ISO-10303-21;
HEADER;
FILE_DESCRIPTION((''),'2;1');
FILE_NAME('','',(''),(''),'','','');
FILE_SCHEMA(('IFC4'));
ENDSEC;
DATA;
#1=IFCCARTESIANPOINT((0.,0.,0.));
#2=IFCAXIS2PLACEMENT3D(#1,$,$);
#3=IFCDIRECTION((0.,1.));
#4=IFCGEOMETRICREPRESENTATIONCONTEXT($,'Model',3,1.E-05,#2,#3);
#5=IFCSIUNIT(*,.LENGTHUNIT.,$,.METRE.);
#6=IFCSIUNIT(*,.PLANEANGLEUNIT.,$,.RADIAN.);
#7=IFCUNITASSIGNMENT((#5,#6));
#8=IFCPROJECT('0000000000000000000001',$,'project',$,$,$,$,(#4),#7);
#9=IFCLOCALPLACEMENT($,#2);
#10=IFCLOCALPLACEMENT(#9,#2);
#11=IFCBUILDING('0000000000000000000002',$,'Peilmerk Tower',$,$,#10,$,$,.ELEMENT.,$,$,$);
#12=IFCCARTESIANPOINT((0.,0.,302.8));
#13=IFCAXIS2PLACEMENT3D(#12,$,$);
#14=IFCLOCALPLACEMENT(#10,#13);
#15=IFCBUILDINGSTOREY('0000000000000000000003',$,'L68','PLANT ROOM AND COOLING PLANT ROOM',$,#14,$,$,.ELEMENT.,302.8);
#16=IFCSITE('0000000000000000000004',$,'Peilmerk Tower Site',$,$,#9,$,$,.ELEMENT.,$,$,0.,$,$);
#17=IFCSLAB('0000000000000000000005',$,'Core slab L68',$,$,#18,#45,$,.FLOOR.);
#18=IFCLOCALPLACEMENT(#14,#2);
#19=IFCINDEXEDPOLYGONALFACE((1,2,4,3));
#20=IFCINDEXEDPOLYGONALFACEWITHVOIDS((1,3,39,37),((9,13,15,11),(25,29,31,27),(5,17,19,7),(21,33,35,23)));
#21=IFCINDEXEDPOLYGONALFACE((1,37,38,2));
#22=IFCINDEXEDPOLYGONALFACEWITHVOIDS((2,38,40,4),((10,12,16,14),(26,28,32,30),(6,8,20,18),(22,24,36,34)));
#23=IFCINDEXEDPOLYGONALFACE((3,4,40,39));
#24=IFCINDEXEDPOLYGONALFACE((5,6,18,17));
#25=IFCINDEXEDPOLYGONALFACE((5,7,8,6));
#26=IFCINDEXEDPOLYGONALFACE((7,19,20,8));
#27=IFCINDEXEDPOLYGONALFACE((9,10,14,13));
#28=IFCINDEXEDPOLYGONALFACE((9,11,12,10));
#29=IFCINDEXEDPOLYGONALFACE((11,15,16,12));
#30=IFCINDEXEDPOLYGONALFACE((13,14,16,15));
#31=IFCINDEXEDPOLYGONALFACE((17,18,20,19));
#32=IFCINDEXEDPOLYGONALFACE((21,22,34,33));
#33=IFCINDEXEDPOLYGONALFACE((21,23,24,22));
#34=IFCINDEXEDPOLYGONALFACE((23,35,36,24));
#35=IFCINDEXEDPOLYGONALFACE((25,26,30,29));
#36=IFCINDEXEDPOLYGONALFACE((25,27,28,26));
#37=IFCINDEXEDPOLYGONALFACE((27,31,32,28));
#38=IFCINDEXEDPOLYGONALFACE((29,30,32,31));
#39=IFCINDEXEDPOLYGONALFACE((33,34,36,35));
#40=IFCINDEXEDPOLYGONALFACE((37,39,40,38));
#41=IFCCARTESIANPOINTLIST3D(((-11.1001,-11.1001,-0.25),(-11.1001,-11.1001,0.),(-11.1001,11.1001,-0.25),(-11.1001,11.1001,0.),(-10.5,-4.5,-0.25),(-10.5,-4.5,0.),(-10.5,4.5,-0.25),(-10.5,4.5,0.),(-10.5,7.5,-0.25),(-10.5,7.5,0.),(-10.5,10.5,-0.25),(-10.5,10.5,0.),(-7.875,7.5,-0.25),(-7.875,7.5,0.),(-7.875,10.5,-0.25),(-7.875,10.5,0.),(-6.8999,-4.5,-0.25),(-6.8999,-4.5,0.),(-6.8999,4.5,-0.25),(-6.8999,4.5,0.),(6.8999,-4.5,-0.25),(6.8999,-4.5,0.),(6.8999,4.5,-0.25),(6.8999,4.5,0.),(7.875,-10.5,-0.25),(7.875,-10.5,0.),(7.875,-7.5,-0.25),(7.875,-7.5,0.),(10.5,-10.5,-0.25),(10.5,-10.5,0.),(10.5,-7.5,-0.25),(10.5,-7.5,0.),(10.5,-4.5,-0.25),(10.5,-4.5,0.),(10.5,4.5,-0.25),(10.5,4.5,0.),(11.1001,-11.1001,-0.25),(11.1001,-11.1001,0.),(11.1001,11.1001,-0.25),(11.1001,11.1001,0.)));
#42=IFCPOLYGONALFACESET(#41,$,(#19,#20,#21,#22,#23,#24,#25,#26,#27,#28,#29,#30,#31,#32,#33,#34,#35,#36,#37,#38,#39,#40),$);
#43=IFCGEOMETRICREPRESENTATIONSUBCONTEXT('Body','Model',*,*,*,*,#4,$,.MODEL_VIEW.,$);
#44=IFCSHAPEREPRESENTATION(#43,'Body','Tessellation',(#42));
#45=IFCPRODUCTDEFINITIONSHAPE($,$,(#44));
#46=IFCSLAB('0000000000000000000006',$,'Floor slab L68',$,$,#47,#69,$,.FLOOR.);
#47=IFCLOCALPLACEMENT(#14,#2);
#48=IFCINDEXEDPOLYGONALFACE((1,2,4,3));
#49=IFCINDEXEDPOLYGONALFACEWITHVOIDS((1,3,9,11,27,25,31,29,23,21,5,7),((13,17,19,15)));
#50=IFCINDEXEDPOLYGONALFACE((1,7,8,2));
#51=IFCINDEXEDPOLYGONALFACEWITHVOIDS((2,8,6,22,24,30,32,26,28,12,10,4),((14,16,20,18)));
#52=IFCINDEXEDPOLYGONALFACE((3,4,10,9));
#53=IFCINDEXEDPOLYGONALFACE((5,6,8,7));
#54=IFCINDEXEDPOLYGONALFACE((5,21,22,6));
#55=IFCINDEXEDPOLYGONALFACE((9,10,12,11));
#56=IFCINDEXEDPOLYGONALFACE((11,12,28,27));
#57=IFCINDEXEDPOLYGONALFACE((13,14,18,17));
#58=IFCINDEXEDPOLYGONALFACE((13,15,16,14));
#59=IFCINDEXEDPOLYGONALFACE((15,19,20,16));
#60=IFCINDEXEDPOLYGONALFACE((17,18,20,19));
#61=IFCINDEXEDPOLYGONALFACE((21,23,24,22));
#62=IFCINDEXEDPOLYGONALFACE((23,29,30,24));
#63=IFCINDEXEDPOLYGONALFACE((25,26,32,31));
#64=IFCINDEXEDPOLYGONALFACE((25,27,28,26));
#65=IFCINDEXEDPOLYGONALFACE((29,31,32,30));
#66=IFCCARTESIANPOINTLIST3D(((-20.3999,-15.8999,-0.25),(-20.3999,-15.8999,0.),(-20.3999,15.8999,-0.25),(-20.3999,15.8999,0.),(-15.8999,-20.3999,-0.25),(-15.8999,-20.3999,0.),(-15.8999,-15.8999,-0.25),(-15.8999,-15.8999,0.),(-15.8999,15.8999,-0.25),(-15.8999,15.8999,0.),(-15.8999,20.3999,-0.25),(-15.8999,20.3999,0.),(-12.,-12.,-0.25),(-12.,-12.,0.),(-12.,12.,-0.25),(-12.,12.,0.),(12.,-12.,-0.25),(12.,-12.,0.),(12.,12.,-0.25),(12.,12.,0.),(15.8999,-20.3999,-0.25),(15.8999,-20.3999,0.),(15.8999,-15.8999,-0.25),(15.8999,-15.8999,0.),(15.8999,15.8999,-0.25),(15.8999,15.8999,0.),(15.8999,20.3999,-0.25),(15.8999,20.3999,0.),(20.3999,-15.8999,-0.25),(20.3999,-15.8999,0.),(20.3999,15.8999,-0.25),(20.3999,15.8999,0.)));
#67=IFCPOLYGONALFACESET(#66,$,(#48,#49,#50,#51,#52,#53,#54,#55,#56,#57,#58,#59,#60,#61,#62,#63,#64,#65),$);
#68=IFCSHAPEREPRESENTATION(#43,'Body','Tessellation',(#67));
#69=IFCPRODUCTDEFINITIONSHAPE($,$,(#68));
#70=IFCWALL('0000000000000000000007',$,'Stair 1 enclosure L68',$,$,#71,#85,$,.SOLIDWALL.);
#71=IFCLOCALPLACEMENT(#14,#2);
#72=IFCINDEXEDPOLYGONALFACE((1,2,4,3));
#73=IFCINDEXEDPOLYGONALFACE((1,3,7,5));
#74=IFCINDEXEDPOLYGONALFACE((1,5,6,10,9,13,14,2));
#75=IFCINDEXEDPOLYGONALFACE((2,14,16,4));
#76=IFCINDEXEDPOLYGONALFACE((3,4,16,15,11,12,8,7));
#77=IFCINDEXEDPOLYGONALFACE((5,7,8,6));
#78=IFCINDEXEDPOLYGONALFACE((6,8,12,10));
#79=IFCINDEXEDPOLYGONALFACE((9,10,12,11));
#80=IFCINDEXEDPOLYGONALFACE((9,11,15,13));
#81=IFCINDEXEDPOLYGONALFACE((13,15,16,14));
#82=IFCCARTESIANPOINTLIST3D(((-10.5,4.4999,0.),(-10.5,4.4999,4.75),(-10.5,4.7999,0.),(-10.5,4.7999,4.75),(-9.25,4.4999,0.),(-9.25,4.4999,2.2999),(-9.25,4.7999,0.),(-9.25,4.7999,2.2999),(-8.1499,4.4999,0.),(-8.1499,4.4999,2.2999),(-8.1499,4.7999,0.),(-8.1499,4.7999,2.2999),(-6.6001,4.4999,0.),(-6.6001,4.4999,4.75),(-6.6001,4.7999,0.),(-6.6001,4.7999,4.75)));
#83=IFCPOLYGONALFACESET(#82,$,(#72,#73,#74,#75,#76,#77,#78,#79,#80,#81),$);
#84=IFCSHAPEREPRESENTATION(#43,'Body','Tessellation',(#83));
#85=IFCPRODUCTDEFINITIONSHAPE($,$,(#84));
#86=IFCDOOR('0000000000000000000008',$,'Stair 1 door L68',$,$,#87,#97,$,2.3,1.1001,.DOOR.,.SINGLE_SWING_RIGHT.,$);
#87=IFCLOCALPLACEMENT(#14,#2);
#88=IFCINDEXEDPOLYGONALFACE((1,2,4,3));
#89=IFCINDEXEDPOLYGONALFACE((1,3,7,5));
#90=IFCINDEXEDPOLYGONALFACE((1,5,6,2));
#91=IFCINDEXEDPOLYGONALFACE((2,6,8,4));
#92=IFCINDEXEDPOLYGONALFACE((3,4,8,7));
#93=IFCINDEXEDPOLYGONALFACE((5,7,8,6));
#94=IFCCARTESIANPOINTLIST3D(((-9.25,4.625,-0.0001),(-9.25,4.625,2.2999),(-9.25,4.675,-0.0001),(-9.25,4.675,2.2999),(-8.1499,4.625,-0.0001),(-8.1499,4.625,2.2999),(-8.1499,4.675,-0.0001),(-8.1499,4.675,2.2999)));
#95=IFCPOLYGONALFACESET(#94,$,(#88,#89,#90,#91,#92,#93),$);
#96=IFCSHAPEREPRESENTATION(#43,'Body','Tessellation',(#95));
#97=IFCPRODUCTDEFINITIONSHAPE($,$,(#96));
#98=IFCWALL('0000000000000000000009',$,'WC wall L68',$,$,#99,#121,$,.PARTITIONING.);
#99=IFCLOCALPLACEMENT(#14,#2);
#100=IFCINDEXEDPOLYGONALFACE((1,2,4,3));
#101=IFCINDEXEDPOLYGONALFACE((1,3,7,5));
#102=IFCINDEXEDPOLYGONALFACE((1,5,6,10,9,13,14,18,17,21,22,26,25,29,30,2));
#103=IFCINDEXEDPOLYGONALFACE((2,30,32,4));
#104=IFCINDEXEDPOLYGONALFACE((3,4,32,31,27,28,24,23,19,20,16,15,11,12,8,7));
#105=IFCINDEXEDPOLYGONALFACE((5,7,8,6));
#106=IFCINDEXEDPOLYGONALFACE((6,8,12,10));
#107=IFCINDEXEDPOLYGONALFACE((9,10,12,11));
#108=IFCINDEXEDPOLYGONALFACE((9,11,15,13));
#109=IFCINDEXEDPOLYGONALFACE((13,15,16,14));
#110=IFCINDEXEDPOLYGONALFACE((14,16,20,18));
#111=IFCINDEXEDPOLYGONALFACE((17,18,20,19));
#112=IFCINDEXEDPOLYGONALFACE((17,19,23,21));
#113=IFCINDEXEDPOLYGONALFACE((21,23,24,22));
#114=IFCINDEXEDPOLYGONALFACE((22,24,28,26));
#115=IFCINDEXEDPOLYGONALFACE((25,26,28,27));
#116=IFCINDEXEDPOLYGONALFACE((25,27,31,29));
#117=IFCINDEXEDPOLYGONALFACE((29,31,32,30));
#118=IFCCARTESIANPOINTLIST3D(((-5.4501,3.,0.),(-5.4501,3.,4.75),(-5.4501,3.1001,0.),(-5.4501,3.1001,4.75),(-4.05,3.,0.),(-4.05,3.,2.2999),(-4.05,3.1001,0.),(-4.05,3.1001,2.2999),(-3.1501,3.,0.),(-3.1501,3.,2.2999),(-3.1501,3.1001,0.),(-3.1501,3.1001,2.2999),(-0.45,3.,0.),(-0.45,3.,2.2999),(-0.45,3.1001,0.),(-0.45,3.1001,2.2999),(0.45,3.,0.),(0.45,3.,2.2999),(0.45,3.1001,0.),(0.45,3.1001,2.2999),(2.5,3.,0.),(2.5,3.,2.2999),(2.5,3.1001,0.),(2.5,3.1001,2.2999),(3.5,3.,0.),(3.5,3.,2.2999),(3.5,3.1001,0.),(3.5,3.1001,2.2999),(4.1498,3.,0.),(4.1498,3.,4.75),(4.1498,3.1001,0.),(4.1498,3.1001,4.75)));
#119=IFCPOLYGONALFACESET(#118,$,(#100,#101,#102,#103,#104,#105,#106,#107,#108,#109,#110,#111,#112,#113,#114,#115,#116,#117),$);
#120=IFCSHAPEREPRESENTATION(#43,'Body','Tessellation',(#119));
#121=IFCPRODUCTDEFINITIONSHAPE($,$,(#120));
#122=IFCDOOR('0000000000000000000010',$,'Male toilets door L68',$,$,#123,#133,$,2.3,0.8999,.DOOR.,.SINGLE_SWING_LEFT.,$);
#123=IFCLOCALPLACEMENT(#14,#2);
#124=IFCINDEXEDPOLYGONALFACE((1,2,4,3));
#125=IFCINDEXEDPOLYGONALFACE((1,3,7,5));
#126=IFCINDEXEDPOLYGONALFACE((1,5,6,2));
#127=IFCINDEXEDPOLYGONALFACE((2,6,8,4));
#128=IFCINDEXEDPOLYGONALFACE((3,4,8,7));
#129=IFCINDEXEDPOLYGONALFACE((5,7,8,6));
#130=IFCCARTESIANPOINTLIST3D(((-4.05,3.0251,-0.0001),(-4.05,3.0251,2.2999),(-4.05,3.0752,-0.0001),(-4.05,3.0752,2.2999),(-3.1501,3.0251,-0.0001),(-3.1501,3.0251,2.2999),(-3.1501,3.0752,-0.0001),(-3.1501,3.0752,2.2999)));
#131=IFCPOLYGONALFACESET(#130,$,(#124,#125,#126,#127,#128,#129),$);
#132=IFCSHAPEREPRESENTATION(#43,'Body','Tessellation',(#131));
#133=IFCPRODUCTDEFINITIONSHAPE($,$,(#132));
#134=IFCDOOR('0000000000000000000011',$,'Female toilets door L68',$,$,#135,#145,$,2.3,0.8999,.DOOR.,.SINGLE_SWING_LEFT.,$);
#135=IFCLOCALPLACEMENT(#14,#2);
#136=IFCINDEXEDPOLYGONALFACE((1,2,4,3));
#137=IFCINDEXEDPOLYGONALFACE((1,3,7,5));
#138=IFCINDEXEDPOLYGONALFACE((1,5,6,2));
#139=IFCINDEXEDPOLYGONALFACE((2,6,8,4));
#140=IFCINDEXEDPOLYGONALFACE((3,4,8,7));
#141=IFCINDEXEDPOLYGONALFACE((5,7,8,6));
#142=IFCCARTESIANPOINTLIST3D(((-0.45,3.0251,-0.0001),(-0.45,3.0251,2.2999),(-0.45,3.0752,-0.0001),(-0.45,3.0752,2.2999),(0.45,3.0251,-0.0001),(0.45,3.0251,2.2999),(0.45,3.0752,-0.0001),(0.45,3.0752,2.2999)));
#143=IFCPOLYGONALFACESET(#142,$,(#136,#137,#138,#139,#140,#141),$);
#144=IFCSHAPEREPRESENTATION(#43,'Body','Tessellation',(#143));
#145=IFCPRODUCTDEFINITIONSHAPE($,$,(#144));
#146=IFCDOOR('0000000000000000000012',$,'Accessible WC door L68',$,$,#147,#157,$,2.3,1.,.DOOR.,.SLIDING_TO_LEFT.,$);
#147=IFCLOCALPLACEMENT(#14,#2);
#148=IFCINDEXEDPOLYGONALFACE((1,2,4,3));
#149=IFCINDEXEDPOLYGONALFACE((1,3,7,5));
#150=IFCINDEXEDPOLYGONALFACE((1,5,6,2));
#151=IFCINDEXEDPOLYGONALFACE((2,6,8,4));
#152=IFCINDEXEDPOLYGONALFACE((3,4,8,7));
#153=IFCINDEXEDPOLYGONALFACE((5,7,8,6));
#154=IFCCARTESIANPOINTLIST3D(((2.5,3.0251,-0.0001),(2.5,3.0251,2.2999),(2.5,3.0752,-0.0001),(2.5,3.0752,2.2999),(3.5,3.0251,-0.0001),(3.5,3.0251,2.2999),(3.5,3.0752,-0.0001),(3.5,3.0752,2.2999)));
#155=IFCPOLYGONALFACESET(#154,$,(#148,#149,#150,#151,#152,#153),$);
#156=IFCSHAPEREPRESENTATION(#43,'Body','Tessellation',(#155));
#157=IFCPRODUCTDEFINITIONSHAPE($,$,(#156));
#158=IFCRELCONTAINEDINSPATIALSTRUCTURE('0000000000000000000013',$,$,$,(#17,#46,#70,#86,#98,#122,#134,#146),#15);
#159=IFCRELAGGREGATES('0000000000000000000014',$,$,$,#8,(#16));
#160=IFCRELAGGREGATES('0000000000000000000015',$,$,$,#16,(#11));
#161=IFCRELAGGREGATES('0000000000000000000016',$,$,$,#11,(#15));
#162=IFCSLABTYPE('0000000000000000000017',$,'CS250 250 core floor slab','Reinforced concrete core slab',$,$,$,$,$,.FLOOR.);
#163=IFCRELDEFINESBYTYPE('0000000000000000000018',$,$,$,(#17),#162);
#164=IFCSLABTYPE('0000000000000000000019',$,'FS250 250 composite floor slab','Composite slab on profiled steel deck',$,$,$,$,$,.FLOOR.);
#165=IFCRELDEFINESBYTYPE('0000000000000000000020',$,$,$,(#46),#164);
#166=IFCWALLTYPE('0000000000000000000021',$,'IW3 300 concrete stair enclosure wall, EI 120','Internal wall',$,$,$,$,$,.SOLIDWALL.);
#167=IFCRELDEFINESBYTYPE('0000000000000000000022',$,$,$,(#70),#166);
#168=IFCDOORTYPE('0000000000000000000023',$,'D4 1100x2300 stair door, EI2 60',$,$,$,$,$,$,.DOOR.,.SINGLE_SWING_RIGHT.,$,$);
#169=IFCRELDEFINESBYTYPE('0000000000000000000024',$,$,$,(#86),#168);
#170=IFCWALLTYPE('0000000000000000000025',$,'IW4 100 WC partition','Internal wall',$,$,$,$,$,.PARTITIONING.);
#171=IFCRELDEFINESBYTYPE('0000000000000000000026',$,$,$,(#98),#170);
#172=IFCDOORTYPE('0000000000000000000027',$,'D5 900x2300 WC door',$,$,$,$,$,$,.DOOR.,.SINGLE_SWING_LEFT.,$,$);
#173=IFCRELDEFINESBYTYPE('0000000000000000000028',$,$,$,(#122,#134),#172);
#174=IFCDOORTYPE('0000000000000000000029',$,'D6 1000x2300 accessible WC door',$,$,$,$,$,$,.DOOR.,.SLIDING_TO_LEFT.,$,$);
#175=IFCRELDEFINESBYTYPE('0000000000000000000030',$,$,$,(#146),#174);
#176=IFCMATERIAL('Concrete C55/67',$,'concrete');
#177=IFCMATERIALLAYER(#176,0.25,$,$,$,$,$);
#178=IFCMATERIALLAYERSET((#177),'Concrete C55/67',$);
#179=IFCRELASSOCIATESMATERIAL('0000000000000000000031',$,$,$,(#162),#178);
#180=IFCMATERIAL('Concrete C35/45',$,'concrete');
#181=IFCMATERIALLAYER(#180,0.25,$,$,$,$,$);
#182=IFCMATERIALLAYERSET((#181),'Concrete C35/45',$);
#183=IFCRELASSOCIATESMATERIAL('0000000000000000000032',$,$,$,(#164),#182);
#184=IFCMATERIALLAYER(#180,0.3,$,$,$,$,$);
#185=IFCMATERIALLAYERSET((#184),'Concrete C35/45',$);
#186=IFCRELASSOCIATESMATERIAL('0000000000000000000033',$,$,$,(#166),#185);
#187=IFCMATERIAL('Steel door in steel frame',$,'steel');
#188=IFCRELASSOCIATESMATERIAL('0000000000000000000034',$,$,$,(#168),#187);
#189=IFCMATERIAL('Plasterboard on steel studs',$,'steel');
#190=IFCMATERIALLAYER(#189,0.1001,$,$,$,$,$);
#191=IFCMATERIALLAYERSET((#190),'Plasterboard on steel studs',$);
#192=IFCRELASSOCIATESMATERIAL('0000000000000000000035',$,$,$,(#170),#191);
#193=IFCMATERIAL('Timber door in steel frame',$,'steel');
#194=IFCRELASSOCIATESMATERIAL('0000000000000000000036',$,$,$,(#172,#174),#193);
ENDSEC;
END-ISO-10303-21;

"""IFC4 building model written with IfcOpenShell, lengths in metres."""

from ifc_helpers import new_model, si_unit, direction, frame, frame_2d, origin, place, context, subcontext, project, spatial, polyline, rectangle, outline, extrude, material, layer, layer_set, type_object, element, fill, save


model = new_model("IFC4")

# Units and contexts
model_context = context("Model", 3, precision=1e-05, world=origin(), true_north=direction((0.0, 1.0)))
body_context = subcontext(model_context, "Body", "Model", "MODEL_VIEW")
ifc_project = project(units=[si_unit("LENGTHUNIT", "METRE"), si_unit("PLANEANGLEUNIT", "RADIAN")], contexts=[model_context])

# Site, building, storey
site_placement = place(None, origin())
site = spatial("IfcSite", under=ifc_project, at=site_placement, Name="Peilmerk Tower Site", CompositionType="ELEMENT", RefElevation=0.0)
building_placement = place(site_placement, origin())
building = spatial("IfcBuilding", under=site, at=building_placement, Name="Peilmerk Tower", CompositionType="ELEMENT")
storey_placement = place(building_placement, frame((0.0, 0.0, 302.8)))
storey = spatial("IfcBuildingStorey", under=building, at=storey_placement, Name="L68", Description="PLANT ROOM AND COOLING PLANT ROOM", CompositionType="ELEMENT", Elevation=302.8)

# Slabs
ifc_material_1 = material(Name="Concrete C55/67", Category="concrete")
ifc_layer_1 = layer(ifc_material_1, 0.25)
ifc_layer_set_1 = layer_set([ifc_layer_1], Name="Concrete C55/67")
slab_type_1 = type_object("IfcSlabType", Name="CS250 250 core floor slab", Description="Reinforced concrete core slab", PredefinedType="FLOOR", material=ifc_layer_set_1)
slab_1_placement = place(storey_placement, frame((0.0, 0.0, -0.25)))
element("IfcSlab", 1, at=slab_1_placement, inside=storey, type_object=slab_type_1, Name="Core slab L68", PredefinedType="FLOOR", context=body_context, shape_type="SweptSolid", body=[
    extrude(outline(polyline([(11.1001, -11.1001), (11.1001, 11.1001), (-11.1001, 11.1001), (-11.1001, -11.1001), (11.1001, -11.1001)]), holes=[polyline([(-7.875, 7.5), (-10.5, 7.5), (-10.5, 10.5), (-7.875, 10.5), (-7.875, 7.5)]), polyline([(7.875, -10.5), (7.875, -7.5), (10.5, -7.5), (10.5, -10.5), (7.875, -10.5)]), polyline([(-10.5, 4.5), (-6.8999, 4.5), (-6.8999, -4.5), (-10.5, -4.5), (-10.5, 4.5)]), polyline([(10.5, 4.5), (10.5, -4.5), (6.8999, -4.5), (6.8999, 4.5), (10.5, 4.5)])]), origin(), (0.0, 0.0, 1.0), 0.25),
])
ifc_material_2 = material(Name="Concrete C35/45", Category="concrete")
ifc_layer_2 = layer(ifc_material_2, 0.25)
ifc_layer_set_2 = layer_set([ifc_layer_2], Name="Concrete C35/45")
slab_type_2 = type_object("IfcSlabType", Name="FS250 250 composite floor slab", Description="Composite slab on profiled steel deck", PredefinedType="FLOOR", material=ifc_layer_set_2)
slab_2_placement = place(storey_placement, frame((0.0, 0.0, -0.25)))
element("IfcSlab", 2, at=slab_2_placement, inside=storey, type_object=slab_type_2, Name="Floor slab L68", PredefinedType="FLOOR", context=body_context, shape_type="SweptSolid", body=[
    extrude(outline(polyline([(-15.8999, -20.3999), (15.8999, -20.3999), (15.8999, -15.8999), (20.3999, -15.8999), (20.3999, 15.8999), (15.8999, 15.8999), (15.8999, 20.3999), (-15.8999, 20.3999), (-15.8999, 15.8999), (-20.3999, 15.8999), (-20.3999, -15.8999), (-15.8999, -15.8999), (-15.8999, -20.3999)]), holes=[polyline([(12.0, 12.0), (12.0, -12.0), (-12.0, -12.0), (-12.0, 12.0), (12.0, 12.0)])]), origin(), (0.0, 0.0, 1.0), 0.25),
])

# Wall, opening, door
ifc_layer_3 = layer(ifc_material_2, 0.3)
ifc_layer_set_3 = layer_set([ifc_layer_3], Name="Concrete C35/45")
wall_type_1 = type_object("IfcWallType", Name="IW3 300 concrete stair enclosure wall, EI 120", Description="Internal wall", PredefinedType="SOLIDWALL", material=ifc_layer_set_3)
wall_1_placement = place(storey_placement, frame((-10.5, 4.6499, 0.0), z_axis=(0.0, 0.0, 1.0), x_axis=(1.0, 0.0, 0.0)))
wall_1 = element("IfcWall", 3, at=wall_1_placement, inside=storey, type_object=wall_type_1, Name="Stair 1 enclosure L68", PredefinedType="SOLIDWALL", context=body_context, shape_type="SweptSolid", body=[
    extrude(rectangle(XDim=3.8999, YDim=0.3, at=frame_2d((1.95, 0.0))), origin(), (0.0, 0.0, 1.0), 4.75),
])
opening_1_placement = place(wall_1_placement, frame((1.25, 0.0, 0.0)))
opening_1 = element("IfcOpeningElement", 4, at=opening_1_placement, cuts=wall_1, PredefinedType="OPENING", context=body_context, shape_type="SweptSolid", body=[
    extrude(rectangle(XDim=1.1001, YDim=2.3, at=frame_2d((0.55, 1.1499))), frame((0.0, 0.1599, 0.0), z_axis=(0.0, -1.0, 0.0), x_axis=(1.0, 0.0, 0.0)), (0.0, 0.0, 1.0), 0.3201),
])
ifc_material_3 = material(Name="Steel door in steel frame", Category="steel")
door_type_1 = type_object("IfcDoorType", Name="D4 1100x2300 stair door, EI2 60", OperationType="SINGLE_SWING_RIGHT", PredefinedType="DOOR", material=ifc_material_3)
door_1_placement = place(opening_1_placement, frame((1.1001, 0.0, 0.0), z_axis=(0.0, 0.0, 1.0), x_axis=(-1.0, 0.0, 0.0)))
door_1 = element("IfcDoor", 5, at=door_1_placement, inside=storey, type_object=door_type_1, Name="Stair 1 door L68", OperationType="SINGLE_SWING_RIGHT", OverallHeight=2.3, OverallWidth=1.1001, PredefinedType="DOOR", context=body_context, shape_type="SweptSolid", body=[
    extrude(rectangle(XDim=1.1001, YDim=2.3, at=frame_2d((0.55, 1.1499))), frame((0.0, 0.0249, 0.0), z_axis=(0.0, -1.0, 0.0), x_axis=(1.0, 0.0, 0.0)), (0.0, 0.0, 1.0), 0.05),
])
fill(opening_1, door_1)

# Wall, openings, doors
ifc_material_4 = material(Name="Plasterboard on steel studs", Category="steel")
ifc_layer_4 = layer(ifc_material_4, 0.1001)
ifc_layer_set_4 = layer_set([ifc_layer_4], Name="Plasterboard on steel studs")
wall_type_2 = type_object("IfcWallType", Name="IW4 100 WC partition", Description="Internal wall", PredefinedType="PARTITIONING", material=ifc_layer_set_4)
wall_2_placement = place(storey_placement, frame((-5.45, 3.05, 0.0), z_axis=(0.0, 0.0, 1.0), x_axis=(1.0, 0.0, 0.0)))
wall_2 = element("IfcWall", 6, at=wall_2_placement, inside=storey, type_object=wall_type_2, Name="WC wall L68", PredefinedType="PARTITIONING", context=body_context, shape_type="SweptSolid", body=[
    extrude(rectangle(XDim=9.5999, YDim=0.1001, at=frame_2d((4.7998, 0.0))), origin(), (0.0, 0.0, 1.0), 4.75),
])
opening_2_placement = place(wall_2_placement, frame((1.3999, 0.0, 0.0)))
opening_2 = element("IfcOpeningElement", 7, at=opening_2_placement, cuts=wall_2, PredefinedType="OPENING", context=body_context, shape_type="SweptSolid", body=[
    extrude(rectangle(XDim=0.8999, YDim=2.3, at=frame_2d((0.45, 1.1499))), frame((0.0, 0.0601, 0.0), z_axis=(0.0, -1.0, 0.0), x_axis=(1.0, 0.0, 0.0)), (0.0, 0.0, 1.0), 0.1201),
])
opening_3_placement = place(wall_2_placement, frame((5.0, 0.0, 0.0)))
opening_3 = element("IfcOpeningElement", 8, at=opening_3_placement, cuts=wall_2, PredefinedType="OPENING", context=body_context, shape_type="SweptSolid", body=[
    extrude(rectangle(XDim=0.8999, YDim=2.3, at=frame_2d((0.45, 1.1499))), frame((0.0, 0.0601, 0.0), z_axis=(0.0, -1.0, 0.0), x_axis=(1.0, 0.0, 0.0)), (0.0, 0.0, 1.0), 0.1201),
])
opening_4_placement = place(wall_2_placement, frame((7.95, 0.0, 0.0)))
opening_4 = element("IfcOpeningElement", 9, at=opening_4_placement, cuts=wall_2, PredefinedType="OPENING", context=body_context, shape_type="SweptSolid", body=[
    extrude(rectangle(XDim=1.0, YDim=2.3, at=frame_2d((0.5, 1.1499))), frame((0.0, 0.0601, 0.0), z_axis=(0.0, -1.0, 0.0), x_axis=(1.0, 0.0, 0.0)), (0.0, 0.0, 1.0), 0.1201),
])
ifc_material_5 = material(Name="Timber door in steel frame", Category="steel")
door_type_2 = type_object("IfcDoorType", Name="D5 900x2300 WC door", OperationType="SINGLE_SWING_LEFT", PredefinedType="DOOR", material=ifc_material_5)
door_2_placement = place(opening_2_placement, frame((0.8999, 0.0, 0.0), z_axis=(0.0, 0.0, 1.0), x_axis=(-1.0, 0.0, 0.0)))
door_2 = element("IfcDoor", 10, at=door_2_placement, inside=storey, type_object=door_type_2, Name="Male toilets door L68", OperationType="SINGLE_SWING_LEFT", OverallHeight=2.3, OverallWidth=0.8999, PredefinedType="DOOR", context=body_context, shape_type="SweptSolid", body=[
    extrude(rectangle(XDim=0.8999, YDim=2.3, at=frame_2d((0.45, 1.1499))), frame((0.0, 0.0249, 0.0), z_axis=(0.0, -1.0, 0.0), x_axis=(1.0, 0.0, 0.0)), (0.0, 0.0, 1.0), 0.05),
])
fill(opening_2, door_2)
door_3_placement = place(opening_3_placement, frame((0.8999, 0.0, 0.0), z_axis=(0.0, 0.0, 1.0), x_axis=(-1.0, 0.0, 0.0)))
door_3 = element("IfcDoor", 11, at=door_3_placement, inside=storey, type_object=door_type_2, Name="Female toilets door L68", OperationType="SINGLE_SWING_LEFT", OverallHeight=2.3, OverallWidth=0.8999, PredefinedType="DOOR", context=body_context, shape_type="SweptSolid", body=[
    extrude(rectangle(XDim=0.8999, YDim=2.3, at=frame_2d((0.45, 1.1499))), frame((0.0, 0.0249, 0.0), z_axis=(0.0, -1.0, 0.0), x_axis=(1.0, 0.0, 0.0)), (0.0, 0.0, 1.0), 0.05),
])
fill(opening_3, door_3)
door_type_3 = type_object("IfcDoorType", Name="D6 1000x2300 accessible WC door", OperationType="SLIDING_TO_LEFT", PredefinedType="DOOR", material=ifc_material_5)
door_4_placement = place(opening_4_placement, frame((1.0, 0.0, 0.0), z_axis=(0.0, 0.0, 1.0), x_axis=(-1.0, 0.0, 0.0)))
door_4 = element("IfcDoor", 12, at=door_4_placement, inside=storey, type_object=door_type_3, Name="Accessible WC door L68", OperationType="SLIDING_TO_LEFT", OverallHeight=2.3, OverallWidth=1.0, PredefinedType="DOOR", context=body_context, shape_type="SweptSolid", body=[
    extrude(rectangle(XDim=1.0, YDim=2.3, at=frame_2d((0.5, 1.1499))), frame((0.0, 0.0249, 0.0), z_axis=(0.0, -1.0, 0.0), x_axis=(1.0, 0.0, 0.0)), (0.0, 0.0, 1.0), 0.05),
])
fill(opening_4, door_4)

save(model, "model.ifc")
